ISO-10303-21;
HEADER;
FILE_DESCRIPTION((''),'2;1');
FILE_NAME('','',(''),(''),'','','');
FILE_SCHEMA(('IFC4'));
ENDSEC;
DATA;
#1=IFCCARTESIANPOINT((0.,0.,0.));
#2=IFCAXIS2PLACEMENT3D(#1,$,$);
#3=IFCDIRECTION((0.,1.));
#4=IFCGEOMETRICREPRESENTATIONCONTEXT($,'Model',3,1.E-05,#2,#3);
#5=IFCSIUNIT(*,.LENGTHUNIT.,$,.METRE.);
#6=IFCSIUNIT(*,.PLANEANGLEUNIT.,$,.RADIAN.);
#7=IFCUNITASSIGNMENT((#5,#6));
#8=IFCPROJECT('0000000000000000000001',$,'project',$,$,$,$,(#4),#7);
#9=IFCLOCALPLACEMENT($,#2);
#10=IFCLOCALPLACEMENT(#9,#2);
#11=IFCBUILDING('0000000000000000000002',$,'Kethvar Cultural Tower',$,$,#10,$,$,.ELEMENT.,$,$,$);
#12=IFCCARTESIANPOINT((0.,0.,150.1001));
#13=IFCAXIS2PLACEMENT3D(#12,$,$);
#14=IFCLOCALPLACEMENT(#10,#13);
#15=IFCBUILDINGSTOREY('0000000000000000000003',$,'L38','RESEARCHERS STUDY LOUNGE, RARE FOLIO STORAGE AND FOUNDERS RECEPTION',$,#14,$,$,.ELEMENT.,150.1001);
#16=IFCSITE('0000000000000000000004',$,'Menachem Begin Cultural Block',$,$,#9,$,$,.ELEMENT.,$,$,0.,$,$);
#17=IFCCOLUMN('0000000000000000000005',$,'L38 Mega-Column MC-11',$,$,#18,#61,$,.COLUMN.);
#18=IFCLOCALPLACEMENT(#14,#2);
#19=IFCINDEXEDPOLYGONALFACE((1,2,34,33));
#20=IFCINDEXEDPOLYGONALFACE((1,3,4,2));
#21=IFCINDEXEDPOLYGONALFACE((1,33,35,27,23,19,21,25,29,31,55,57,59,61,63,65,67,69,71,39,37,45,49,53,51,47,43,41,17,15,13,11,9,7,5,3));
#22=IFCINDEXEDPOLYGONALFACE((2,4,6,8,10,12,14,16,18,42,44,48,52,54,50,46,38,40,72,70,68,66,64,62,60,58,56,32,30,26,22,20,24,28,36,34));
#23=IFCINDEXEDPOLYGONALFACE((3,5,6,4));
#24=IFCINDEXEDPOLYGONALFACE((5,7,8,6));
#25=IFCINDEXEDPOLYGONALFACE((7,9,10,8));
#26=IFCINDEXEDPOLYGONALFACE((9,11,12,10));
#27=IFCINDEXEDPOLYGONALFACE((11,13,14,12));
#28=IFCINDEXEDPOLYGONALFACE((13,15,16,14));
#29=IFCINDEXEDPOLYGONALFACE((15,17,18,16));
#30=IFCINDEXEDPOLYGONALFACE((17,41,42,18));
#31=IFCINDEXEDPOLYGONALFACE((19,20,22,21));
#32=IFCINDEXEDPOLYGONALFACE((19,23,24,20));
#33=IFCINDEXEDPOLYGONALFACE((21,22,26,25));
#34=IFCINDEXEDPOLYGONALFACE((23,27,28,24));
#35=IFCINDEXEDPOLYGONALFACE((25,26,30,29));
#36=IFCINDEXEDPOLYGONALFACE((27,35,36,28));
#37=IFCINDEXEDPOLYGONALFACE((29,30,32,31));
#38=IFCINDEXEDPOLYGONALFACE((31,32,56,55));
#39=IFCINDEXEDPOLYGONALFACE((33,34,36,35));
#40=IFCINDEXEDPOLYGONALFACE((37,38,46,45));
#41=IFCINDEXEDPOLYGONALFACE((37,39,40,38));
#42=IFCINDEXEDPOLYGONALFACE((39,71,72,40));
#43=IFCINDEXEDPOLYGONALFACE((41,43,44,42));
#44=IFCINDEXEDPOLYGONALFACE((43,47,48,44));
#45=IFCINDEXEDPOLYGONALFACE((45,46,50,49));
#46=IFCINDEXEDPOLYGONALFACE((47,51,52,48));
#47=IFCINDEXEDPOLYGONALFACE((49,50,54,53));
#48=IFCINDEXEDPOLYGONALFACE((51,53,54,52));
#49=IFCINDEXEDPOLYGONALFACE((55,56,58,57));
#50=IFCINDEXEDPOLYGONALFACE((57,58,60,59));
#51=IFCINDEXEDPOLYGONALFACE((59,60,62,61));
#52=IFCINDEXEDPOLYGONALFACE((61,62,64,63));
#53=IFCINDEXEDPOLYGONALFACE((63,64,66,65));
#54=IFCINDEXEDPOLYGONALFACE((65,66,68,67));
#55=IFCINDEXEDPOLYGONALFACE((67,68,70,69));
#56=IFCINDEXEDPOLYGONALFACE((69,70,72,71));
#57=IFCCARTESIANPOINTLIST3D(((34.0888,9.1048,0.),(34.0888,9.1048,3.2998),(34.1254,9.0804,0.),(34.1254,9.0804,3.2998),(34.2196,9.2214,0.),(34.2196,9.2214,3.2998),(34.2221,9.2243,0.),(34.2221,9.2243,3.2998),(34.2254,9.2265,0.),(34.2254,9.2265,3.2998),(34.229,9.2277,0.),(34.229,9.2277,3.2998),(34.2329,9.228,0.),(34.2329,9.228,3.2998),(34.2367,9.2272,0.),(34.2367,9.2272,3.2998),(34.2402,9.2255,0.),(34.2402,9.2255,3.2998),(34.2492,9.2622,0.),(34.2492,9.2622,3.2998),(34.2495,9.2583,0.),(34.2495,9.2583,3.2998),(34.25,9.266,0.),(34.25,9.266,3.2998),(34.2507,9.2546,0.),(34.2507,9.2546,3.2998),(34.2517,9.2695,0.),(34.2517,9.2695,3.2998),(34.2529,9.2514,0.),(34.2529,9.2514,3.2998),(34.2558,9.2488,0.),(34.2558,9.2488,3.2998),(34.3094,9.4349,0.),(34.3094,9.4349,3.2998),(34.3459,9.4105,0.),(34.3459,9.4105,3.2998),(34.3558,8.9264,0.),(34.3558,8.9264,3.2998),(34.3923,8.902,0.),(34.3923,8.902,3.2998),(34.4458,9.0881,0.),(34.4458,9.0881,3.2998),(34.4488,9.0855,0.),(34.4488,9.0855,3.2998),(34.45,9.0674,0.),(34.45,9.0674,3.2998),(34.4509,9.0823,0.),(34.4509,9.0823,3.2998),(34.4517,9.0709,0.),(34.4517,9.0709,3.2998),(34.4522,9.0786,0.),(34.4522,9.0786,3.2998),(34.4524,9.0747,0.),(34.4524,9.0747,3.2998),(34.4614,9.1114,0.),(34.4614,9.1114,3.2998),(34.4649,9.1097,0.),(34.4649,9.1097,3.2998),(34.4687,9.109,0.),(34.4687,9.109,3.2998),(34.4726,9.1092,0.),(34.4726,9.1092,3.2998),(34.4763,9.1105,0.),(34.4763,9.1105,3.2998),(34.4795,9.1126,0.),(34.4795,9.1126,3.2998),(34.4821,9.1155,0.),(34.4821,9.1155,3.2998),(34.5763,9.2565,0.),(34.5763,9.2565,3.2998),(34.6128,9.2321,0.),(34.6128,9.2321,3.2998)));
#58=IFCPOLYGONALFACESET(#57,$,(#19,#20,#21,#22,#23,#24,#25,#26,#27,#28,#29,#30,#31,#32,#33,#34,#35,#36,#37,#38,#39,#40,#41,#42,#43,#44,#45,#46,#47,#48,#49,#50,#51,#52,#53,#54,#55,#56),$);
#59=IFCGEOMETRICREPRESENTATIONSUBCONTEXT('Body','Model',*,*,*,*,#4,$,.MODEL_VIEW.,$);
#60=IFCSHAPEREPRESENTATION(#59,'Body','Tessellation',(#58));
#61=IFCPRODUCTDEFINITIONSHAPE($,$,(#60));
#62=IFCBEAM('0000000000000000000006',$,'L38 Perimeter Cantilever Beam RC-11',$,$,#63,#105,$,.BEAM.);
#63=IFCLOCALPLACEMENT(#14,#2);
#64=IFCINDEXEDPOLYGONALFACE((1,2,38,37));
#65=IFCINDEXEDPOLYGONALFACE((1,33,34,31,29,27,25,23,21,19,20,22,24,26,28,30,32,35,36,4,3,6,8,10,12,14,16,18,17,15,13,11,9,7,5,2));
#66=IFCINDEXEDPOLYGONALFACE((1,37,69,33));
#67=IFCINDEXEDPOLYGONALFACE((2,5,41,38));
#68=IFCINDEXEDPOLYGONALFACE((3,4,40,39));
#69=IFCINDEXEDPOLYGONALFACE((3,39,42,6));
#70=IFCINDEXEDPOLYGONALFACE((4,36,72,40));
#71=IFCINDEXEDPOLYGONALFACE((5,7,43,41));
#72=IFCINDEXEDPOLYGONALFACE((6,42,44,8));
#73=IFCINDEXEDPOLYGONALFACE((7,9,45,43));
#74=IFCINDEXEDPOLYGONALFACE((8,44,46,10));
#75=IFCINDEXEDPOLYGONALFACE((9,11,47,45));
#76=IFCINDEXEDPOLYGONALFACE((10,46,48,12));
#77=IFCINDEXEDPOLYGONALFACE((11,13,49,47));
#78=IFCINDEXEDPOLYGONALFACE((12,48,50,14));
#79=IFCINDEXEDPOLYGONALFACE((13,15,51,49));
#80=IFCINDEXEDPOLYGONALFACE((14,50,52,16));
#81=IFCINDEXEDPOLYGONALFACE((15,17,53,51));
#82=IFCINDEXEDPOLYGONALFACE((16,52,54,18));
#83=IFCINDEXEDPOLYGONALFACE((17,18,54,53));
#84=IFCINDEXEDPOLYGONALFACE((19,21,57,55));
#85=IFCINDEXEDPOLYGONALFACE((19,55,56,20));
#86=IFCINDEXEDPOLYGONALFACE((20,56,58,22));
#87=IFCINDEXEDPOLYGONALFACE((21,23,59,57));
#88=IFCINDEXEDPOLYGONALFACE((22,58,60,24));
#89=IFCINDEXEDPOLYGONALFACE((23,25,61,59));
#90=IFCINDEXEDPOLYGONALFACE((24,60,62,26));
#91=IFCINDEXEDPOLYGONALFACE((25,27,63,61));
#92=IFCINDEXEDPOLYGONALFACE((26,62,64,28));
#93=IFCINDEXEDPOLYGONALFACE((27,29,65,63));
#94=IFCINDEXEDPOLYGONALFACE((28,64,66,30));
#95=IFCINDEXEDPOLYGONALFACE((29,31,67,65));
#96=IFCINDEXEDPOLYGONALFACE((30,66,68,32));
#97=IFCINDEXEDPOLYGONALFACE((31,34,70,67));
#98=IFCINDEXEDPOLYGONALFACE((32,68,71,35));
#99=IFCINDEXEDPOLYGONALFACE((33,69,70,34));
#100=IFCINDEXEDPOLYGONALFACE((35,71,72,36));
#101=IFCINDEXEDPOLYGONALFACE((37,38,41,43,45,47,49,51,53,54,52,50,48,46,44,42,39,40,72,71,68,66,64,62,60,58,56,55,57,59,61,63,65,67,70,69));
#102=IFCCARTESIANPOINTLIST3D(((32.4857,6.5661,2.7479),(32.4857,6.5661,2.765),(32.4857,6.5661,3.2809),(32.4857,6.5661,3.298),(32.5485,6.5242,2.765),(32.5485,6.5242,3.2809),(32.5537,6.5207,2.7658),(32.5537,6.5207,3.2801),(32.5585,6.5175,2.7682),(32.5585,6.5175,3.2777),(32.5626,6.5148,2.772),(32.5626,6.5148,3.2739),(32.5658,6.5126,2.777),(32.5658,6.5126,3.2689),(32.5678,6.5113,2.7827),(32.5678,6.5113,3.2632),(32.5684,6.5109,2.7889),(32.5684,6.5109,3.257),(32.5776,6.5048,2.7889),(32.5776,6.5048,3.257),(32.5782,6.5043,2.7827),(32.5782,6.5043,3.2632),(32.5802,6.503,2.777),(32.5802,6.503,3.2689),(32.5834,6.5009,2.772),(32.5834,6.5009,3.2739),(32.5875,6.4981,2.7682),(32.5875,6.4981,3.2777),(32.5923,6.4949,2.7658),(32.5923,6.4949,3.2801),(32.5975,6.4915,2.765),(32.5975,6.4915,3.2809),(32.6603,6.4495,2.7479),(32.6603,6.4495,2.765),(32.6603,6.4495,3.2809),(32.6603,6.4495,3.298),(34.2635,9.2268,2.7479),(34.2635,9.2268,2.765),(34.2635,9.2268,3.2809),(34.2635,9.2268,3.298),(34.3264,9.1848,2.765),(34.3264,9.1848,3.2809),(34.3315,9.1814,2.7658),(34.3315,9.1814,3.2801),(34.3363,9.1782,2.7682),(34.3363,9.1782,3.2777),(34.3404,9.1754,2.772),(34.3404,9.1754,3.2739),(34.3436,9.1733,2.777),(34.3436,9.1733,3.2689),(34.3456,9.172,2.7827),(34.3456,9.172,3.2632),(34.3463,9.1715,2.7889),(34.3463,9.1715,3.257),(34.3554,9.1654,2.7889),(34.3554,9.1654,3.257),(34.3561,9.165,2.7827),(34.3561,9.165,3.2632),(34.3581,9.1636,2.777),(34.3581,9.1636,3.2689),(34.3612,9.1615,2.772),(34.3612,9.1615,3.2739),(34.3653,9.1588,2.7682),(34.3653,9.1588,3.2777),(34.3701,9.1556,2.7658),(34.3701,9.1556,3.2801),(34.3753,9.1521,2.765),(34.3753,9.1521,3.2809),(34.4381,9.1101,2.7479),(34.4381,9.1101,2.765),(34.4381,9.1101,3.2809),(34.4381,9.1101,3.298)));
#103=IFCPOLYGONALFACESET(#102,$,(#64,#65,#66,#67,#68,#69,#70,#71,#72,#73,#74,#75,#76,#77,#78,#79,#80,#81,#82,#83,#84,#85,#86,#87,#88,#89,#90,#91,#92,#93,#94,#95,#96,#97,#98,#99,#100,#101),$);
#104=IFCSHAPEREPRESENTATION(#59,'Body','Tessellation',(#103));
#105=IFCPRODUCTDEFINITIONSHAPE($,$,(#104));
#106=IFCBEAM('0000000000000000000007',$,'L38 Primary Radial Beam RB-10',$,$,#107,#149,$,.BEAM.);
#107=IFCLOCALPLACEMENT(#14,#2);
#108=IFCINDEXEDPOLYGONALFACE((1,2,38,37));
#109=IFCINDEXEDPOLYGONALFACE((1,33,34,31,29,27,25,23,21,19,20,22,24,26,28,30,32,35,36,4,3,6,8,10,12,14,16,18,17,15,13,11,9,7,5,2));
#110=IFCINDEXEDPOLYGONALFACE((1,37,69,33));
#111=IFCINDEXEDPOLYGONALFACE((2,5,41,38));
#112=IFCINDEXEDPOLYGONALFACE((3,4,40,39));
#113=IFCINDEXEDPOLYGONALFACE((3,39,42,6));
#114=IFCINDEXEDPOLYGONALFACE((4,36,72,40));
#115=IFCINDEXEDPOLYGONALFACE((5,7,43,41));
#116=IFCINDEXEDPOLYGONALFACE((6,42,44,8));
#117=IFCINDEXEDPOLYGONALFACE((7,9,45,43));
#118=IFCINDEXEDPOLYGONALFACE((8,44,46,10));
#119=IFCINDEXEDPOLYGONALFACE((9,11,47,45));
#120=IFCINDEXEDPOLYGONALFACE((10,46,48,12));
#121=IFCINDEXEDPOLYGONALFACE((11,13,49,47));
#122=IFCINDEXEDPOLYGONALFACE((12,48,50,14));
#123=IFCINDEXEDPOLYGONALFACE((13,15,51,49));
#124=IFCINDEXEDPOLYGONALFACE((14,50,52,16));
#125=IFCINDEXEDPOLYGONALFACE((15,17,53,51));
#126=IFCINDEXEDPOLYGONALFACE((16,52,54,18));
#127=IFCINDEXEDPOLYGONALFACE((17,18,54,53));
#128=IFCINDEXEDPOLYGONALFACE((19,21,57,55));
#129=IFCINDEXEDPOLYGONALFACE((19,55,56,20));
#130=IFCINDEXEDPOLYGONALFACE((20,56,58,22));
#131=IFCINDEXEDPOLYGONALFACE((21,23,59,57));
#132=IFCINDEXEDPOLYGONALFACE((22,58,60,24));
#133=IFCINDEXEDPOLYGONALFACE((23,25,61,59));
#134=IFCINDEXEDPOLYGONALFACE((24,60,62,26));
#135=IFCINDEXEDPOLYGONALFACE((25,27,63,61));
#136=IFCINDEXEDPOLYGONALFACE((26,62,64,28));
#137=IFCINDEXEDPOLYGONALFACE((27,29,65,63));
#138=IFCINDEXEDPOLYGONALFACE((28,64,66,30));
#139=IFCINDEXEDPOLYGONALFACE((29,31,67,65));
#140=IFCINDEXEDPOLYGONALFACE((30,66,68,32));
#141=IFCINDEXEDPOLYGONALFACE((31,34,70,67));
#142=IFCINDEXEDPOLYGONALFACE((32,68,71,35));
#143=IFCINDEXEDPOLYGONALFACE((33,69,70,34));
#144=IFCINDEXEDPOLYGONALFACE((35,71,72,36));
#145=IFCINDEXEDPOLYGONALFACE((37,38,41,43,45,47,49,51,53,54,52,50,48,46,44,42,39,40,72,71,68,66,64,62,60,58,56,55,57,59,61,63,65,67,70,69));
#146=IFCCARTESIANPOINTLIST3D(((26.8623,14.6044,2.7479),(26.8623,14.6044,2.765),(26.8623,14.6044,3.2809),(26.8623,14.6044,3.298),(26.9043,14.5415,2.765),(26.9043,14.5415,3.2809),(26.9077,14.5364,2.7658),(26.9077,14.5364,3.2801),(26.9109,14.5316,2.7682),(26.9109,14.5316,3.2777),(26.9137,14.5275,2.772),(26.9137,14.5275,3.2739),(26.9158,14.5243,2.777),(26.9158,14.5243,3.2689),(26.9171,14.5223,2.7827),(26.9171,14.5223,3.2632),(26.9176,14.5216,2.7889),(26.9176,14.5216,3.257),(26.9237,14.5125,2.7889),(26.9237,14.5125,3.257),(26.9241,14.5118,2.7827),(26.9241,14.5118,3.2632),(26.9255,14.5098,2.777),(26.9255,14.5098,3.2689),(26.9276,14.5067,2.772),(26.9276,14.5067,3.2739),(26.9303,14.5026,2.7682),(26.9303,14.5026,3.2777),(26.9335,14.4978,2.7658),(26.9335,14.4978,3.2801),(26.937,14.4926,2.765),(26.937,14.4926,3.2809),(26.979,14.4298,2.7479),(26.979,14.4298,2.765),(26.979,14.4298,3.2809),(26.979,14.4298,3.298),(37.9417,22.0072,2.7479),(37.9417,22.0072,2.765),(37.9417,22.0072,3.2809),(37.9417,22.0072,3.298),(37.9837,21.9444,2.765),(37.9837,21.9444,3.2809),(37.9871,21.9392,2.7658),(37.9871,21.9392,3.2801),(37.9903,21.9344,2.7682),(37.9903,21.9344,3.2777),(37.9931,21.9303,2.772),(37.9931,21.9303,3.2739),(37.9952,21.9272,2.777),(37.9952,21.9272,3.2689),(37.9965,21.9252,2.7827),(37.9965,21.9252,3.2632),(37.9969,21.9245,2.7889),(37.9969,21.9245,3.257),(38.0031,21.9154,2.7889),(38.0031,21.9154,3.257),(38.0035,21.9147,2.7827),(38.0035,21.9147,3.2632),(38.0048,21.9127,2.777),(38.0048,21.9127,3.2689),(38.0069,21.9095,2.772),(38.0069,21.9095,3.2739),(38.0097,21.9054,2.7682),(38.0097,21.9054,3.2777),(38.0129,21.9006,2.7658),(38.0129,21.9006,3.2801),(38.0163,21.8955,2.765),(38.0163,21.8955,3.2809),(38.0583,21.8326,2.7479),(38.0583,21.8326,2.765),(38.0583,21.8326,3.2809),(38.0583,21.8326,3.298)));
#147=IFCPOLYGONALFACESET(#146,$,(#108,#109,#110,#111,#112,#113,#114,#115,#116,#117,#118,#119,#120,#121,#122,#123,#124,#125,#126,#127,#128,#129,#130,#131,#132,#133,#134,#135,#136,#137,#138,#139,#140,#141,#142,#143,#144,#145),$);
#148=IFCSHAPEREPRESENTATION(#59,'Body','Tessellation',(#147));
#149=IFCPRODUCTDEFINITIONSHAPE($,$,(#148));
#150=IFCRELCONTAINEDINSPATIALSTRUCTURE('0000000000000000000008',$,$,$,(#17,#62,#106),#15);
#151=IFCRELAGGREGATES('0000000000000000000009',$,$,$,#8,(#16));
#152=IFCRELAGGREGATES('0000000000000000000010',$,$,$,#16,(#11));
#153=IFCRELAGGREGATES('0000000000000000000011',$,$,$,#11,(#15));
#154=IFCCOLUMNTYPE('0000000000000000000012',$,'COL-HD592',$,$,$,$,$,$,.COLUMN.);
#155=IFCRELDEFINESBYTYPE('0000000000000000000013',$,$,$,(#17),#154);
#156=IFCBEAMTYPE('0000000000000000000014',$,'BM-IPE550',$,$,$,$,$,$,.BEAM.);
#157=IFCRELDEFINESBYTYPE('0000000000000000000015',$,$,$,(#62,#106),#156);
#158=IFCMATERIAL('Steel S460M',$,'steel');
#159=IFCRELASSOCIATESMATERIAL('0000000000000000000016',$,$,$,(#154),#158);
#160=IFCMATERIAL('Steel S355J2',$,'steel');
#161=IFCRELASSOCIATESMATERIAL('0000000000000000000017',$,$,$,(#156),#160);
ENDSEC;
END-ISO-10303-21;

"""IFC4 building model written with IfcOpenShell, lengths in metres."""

from ifc_helpers import new_model, si_unit, direction, frame, origin, origin_2d, place, context, subcontext, project, spatial, i_section, extrude, source, transform, mapped, material, material_profile, profile_set, type_object, element, save


model = new_model("IFC4")

# Units and contexts
model_context = context("Model", 3, precision=1e-05, world=origin(), true_north=direction((0.0, 1.0)))
body_context = subcontext(model_context, "Body", "Model", "MODEL_VIEW")
ifc_project = project(units=[si_unit("LENGTHUNIT", "METRE"), si_unit("PLANEANGLEUNIT", "RADIAN")], contexts=[model_context])

# Site, building, storey
site_placement = place(None, origin())
site = spatial("IfcSite", under=ifc_project, at=site_placement, Name="Menachem Begin Cultural Block", CompositionType="ELEMENT", RefElevation=0.0)
building_placement = place(site_placement, origin())
building = spatial("IfcBuilding", under=site, at=building_placement, Name="Kethvar Cultural Tower", CompositionType="ELEMENT")
storey_placement = place(building_placement, frame((0.0, 0.0, 150.1001)))
storey = spatial("IfcBuildingStorey", under=building, at=storey_placement, Name="L38", Description="RESEARCHERS STUDY LOUNGE, RARE FOLIO STORAGE AND FOUNDERS RECEPTION", CompositionType="ELEMENT", Elevation=150.1001)

# Column
ifc_material_1 = material(Name="Steel S460M", Category="steel")
ifc_material_profile_1 = material_profile(ifc_material_1, i_section(OverallWidth=0.397, OverallDepth=0.365, WebThickness=0.0281, FlangeThickness=0.0439, FilletRadius=0.0149, at=origin_2d()), Name="Steel S460M — HD400x592")
ifc_profile_set_1 = profile_set([ifc_material_profile_1], Name="Steel S460M — HD400x592")
column_type = type_object("IfcColumnType", Name="COL-HD592", PredefinedType="COLUMN", material=ifc_profile_set_1)
shared_shape_1 = source(origin(), body_context, "Body", "SweptSolid", [
    extrude(i_section(OverallWidth=0.397, OverallDepth=0.365, WebThickness=0.0281, FlangeThickness=0.0439, FilletRadius=0.0149, at=origin_2d()), origin(), (0.0, 0.0, 1.0), 3.2998),
])
column_placement = place(storey_placement, frame((34.3508, 9.1685, 0.0), z_axis=(0.0, 0.0, 1.0), x_axis=(-0.55557, -0.83147, 0.0)))
element("IfcColumn", 1, at=column_placement, inside=storey, type_object=column_type, Name="L38 Mega-Column MC-11", PredefinedType="COLUMN", context=body_context, shape_type="MappedRepresentation", body=[
    mapped(shared_shape_1, transform((0.0, 0.0, 0.0), scale=1.0)),
])

# Beams
ifc_material_2 = material(Name="Steel S355J2", Category="steel")
ifc_material_profile_2 = material_profile(ifc_material_2, i_section(OverallWidth=0.21, OverallDepth=0.55, WebThickness=0.011, FlangeThickness=0.0171, FilletRadius=0.0239, at=origin_2d()), Name="Steel S355J2 — IPE550")
ifc_profile_set_2 = profile_set([ifc_material_profile_2], Name="Steel S355J2 — IPE550")
beam_type_1 = type_object("IfcBeamType", Name="BM-IPE550", PredefinedType="BEAM", material=ifc_profile_set_2)
shared_shape_2 = source(origin(), body_context, "Body", "SweptSolid", [
    extrude(i_section(OverallWidth=0.21, OverallDepth=0.55, WebThickness=0.011, FlangeThickness=0.0171, FilletRadius=0.0239, at=origin_2d()), origin(), (0.0, 0.0, 1.0), 3.2),
])
beam_1_placement = place(storey_placement, frame((34.3508, 9.1685, 3.0229), z_axis=(-0.55558, -0.831463, 0.0), x_axis=(0.831463, -0.55558, 0.0)))
element("IfcBeam", 2, at=beam_1_placement, inside=storey, type_object=beam_type_1, Name="L38 Perimeter Cantilever Beam RC-11", PredefinedType="BEAM", context=body_context, shape_type="MappedRepresentation", body=[
    mapped(shared_shape_2, transform((0.0, 0.0, 0.0), scale=1.0)),
])
shared_shape_3 = source(origin(), body_context, "Body", "SweptSolid", [
    extrude(i_section(OverallWidth=0.21, OverallDepth=0.55, WebThickness=0.011, FlangeThickness=0.0171, FilletRadius=0.0239, at=origin_2d()), origin(), (0.0, 0.0, 1.0), 13.325),
])
beam_2_placement = place(storey_placement, frame((38.0, 21.9199, 3.0229), z_axis=(-0.831475, -0.555562, 0.0), x_axis=(0.555562, -0.831475, 0.0)))
element("IfcBeam", 3, at=beam_2_placement, inside=storey, type_object=beam_type_1, Name="L38 Primary Radial Beam RB-10", PredefinedType="BEAM", context=body_context, shape_type="MappedRepresentation", body=[
    mapped(shared_shape_3, transform((0.0, 0.0, 0.0), scale=1.0)),
])

save(model, "model.ifc")
